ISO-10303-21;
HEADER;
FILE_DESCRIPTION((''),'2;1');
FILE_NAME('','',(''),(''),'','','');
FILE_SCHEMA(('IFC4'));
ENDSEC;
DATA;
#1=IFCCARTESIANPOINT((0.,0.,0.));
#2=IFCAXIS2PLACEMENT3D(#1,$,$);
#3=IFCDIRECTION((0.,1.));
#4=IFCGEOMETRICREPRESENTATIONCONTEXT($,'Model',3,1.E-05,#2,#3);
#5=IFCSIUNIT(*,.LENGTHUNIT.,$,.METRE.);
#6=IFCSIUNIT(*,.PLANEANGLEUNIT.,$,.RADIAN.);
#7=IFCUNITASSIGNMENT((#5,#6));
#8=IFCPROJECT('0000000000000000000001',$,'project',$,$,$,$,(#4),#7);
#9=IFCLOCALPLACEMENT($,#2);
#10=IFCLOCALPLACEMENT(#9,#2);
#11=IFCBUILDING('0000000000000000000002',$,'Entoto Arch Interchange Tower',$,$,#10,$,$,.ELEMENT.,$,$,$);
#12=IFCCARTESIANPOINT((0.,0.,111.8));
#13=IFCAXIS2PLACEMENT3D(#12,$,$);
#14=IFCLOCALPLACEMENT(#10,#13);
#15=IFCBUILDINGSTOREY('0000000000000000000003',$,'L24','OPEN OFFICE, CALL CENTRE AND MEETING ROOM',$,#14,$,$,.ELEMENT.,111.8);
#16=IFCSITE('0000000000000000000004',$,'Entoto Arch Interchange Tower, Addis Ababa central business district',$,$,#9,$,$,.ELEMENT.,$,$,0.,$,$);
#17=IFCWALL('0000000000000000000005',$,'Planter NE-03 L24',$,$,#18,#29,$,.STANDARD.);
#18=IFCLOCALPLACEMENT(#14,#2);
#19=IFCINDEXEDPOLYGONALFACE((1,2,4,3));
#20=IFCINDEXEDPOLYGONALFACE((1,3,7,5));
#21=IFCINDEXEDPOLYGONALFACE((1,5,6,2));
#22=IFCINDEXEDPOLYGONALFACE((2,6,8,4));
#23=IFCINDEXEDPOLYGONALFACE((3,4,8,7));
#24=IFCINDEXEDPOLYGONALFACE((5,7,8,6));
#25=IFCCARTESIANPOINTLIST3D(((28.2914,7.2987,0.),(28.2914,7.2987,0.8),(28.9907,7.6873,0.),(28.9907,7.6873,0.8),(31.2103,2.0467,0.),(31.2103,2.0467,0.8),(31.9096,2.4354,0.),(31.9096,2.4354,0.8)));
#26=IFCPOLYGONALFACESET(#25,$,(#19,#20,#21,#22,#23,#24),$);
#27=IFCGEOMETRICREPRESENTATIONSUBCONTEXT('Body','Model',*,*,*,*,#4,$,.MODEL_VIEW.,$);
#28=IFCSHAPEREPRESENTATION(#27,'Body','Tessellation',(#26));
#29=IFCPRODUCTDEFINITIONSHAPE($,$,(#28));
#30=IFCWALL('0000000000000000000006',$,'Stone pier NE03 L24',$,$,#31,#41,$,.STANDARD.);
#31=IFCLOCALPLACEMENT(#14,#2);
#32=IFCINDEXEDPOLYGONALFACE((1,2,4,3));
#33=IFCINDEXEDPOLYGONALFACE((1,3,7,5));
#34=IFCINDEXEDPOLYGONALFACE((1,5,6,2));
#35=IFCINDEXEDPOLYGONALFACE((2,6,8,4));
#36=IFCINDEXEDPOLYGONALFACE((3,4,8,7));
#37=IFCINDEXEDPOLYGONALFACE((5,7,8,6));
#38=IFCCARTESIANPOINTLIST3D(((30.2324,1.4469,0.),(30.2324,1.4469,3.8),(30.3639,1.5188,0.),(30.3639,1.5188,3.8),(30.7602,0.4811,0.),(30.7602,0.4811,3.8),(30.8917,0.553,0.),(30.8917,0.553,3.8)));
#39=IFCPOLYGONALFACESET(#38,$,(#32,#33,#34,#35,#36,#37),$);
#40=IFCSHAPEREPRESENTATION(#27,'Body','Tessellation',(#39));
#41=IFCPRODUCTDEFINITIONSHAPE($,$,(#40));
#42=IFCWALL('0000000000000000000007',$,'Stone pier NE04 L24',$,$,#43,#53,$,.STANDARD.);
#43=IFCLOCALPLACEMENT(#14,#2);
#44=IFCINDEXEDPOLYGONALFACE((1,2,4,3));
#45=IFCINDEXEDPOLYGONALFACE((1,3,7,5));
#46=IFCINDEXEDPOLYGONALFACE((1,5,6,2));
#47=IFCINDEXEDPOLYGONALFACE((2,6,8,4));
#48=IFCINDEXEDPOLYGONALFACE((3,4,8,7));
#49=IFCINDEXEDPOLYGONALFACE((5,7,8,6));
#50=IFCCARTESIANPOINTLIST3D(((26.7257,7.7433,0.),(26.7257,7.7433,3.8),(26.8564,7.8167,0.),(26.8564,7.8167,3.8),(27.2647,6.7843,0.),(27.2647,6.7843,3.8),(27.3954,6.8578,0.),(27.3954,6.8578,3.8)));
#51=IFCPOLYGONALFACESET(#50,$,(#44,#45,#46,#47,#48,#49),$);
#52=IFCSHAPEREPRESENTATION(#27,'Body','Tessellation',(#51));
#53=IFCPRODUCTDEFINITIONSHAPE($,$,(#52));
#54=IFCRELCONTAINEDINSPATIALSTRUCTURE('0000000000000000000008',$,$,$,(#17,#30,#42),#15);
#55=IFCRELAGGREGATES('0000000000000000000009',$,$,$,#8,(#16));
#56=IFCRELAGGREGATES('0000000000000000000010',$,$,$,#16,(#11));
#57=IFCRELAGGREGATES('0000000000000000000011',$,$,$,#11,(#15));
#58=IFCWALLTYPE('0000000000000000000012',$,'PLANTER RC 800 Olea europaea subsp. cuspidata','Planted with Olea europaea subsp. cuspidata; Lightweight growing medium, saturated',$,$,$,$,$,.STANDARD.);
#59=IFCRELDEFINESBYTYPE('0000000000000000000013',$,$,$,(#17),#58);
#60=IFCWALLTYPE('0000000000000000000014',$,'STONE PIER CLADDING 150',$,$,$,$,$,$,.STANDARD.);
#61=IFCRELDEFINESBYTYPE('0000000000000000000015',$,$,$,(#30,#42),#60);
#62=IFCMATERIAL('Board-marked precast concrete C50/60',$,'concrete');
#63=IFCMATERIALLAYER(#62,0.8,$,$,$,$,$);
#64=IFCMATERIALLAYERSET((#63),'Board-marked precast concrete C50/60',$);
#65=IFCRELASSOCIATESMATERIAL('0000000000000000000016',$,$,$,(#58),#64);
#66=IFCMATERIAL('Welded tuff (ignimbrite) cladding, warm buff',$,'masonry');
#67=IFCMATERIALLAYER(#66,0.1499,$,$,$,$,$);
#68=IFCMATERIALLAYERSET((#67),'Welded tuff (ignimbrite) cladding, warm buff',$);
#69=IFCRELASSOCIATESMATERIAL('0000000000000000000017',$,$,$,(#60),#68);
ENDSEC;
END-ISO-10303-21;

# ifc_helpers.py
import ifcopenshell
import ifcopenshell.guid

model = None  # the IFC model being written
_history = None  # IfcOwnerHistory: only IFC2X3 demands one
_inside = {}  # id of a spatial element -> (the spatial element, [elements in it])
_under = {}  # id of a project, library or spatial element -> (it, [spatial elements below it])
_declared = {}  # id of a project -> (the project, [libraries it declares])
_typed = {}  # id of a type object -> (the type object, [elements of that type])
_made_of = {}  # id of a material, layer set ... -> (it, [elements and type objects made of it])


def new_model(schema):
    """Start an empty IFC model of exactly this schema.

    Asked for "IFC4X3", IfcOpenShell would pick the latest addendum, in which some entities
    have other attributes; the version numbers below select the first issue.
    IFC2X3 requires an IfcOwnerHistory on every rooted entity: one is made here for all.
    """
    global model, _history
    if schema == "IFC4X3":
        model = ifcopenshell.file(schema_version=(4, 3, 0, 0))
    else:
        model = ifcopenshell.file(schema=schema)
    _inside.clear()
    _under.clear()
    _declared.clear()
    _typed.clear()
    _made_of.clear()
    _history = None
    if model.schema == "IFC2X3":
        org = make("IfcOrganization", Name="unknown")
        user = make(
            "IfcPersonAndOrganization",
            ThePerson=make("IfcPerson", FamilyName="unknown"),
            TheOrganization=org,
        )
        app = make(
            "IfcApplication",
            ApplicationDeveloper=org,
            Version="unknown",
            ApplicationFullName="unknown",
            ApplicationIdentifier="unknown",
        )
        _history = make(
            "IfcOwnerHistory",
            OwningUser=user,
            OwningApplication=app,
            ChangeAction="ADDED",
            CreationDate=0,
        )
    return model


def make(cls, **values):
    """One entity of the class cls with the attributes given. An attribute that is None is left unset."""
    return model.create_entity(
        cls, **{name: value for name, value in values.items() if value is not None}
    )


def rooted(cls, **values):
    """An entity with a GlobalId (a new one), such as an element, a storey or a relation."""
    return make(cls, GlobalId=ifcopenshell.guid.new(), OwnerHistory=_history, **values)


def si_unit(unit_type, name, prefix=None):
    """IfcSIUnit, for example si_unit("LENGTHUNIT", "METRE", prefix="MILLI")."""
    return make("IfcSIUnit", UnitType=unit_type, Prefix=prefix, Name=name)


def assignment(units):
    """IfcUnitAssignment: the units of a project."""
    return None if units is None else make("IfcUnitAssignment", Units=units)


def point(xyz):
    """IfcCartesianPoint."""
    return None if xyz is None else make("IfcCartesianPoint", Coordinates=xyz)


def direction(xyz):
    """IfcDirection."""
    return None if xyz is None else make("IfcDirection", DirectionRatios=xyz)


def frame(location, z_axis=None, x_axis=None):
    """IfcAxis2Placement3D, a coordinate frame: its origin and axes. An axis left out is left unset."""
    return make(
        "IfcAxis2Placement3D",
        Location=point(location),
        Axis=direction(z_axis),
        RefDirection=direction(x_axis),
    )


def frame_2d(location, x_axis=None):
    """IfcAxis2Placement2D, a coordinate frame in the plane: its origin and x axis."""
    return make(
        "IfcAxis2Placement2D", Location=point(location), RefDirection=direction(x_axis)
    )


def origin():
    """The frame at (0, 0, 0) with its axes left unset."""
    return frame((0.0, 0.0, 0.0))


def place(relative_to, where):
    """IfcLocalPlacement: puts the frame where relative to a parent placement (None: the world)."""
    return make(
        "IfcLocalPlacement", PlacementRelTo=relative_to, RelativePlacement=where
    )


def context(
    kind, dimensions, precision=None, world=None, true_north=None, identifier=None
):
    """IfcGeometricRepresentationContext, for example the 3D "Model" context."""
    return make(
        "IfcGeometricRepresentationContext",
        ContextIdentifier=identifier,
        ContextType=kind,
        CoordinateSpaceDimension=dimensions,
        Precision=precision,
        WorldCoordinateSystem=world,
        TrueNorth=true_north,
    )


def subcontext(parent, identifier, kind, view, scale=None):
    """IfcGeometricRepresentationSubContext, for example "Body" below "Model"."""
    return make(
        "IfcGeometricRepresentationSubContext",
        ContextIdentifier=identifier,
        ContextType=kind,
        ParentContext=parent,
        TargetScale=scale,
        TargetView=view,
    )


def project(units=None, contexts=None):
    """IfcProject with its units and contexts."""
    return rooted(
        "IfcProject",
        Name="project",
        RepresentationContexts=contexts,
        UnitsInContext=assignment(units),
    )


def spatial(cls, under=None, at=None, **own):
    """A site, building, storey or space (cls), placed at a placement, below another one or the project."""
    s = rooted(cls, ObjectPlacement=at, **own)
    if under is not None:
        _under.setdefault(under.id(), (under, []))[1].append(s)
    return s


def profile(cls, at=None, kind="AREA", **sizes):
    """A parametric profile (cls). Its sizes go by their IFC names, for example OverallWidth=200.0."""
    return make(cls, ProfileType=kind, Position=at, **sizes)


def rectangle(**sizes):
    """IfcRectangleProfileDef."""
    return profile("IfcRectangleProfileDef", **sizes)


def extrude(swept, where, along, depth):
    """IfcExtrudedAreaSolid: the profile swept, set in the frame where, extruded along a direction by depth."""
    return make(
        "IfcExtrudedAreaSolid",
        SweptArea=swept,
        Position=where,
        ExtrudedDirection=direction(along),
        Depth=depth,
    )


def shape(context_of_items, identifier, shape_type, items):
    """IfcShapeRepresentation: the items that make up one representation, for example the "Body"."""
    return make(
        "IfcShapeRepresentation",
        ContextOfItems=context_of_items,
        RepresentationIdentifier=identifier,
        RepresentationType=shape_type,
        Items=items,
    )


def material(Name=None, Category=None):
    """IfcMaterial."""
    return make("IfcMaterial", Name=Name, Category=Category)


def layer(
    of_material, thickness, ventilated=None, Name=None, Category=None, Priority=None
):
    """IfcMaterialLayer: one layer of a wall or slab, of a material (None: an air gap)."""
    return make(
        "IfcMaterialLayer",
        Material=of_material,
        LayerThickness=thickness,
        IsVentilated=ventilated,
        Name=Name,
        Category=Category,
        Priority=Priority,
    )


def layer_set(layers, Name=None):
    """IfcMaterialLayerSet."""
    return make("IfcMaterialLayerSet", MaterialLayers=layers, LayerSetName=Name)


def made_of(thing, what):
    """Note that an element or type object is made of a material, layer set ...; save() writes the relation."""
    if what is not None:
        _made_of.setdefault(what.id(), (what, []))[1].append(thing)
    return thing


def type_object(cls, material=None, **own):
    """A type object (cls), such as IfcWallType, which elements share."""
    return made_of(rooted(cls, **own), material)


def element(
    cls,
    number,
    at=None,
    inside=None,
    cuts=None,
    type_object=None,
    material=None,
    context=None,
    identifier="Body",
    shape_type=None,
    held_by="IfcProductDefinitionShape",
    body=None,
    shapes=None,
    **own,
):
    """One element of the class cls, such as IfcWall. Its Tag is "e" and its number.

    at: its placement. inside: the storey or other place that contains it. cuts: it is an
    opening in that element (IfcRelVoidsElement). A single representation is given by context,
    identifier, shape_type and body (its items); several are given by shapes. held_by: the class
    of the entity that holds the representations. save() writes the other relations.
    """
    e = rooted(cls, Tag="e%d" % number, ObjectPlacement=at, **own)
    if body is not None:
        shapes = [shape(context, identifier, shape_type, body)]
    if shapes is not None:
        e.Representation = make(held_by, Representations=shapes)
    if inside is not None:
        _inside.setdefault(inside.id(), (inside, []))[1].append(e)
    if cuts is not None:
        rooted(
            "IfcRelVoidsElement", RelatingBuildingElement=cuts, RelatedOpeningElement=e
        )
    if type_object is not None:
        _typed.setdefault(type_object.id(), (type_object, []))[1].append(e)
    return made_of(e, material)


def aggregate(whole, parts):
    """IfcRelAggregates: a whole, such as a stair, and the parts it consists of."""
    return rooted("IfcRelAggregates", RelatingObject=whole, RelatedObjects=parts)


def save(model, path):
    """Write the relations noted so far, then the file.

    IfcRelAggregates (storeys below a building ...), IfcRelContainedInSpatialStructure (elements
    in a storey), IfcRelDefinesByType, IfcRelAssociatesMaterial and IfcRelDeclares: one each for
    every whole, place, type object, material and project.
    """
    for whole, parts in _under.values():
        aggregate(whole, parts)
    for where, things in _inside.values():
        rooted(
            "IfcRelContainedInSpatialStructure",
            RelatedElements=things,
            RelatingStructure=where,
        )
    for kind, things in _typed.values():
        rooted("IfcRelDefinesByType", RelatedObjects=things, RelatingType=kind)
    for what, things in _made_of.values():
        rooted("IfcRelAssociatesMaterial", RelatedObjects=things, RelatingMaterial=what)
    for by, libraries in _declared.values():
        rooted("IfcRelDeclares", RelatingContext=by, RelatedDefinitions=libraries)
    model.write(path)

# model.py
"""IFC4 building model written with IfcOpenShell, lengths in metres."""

from ifc_helpers import new_model, si_unit, direction, frame, frame_2d, origin, place, context, subcontext, project, spatial, rectangle, extrude, material, layer, layer_set, type_object, element, save


model = new_model("IFC4")

# Units and contexts
model_context = context("Model", 3, precision=1e-05, world=origin(), true_north=direction((0.0, 1.0)))
body_context = subcontext(model_context, "Body", "Model", "MODEL_VIEW")
ifc_project = project(units=[si_unit("LENGTHUNIT", "METRE"), si_unit("PLANEANGLEUNIT", "RADIAN")], contexts=[model_context])

# Site, building, storey
site_placement = place(None, origin())
site = spatial("IfcSite", under=ifc_project, at=site_placement, Name="Entoto Arch Interchange Tower, Addis Ababa central business district", CompositionType="ELEMENT", RefElevation=0.0)
building_placement = place(site_placement, origin())
building = spatial("IfcBuilding", under=site, at=building_placement, Name="Entoto Arch Interchange Tower", CompositionType="ELEMENT")
storey_placement = place(building_placement, frame((0.0, 0.0, 111.8)))
storey = spatial("IfcBuildingStorey", under=building, at=storey_placement, Name="L24", Description="OPEN OFFICE, CALL CENTRE AND MEETING ROOM", CompositionType="ELEMENT", Elevation=111.8)

# Wall
ifc_material_1 = material(Name="Board-marked precast concrete C50/60", Category="concrete")
ifc_layer_1 = layer(ifc_material_1, 0.8)
ifc_layer_set_1 = layer_set([ifc_layer_1], Name="Board-marked precast concrete C50/60")
wall_type_1 = type_object("IfcWallType", Name="PLANTER RC 800 Olea europaea subsp. cuspidata", Description="Planted with Olea europaea subsp. cuspidata; Lightweight growing medium, saturated", PredefinedType="STANDARD", material=ifc_layer_set_1)
wall_1_placement = place(storey_placement, frame((31.5601, 2.241, 0.0), z_axis=(0.0, 0.0, 1.0), x_axis=(-0.485795, 0.874073, 0.0)))
element("IfcWall", 1, at=wall_1_placement, inside=storey, type_object=wall_type_1, Name="Planter NE-03 L24", PredefinedType="STANDARD", context=body_context, shape_type="SweptSolid", body=[
    extrude(rectangle(XDim=6.0085, YDim=0.8, at=frame_2d((3.0044, 0.0))), origin(), (0.0, 0.0, 1.0), 0.8),
])

# Shared definitions
ifc_material_2 = material(Name="Welded tuff (ignimbrite) cladding, warm buff", Category="masonry")

# Walls
ifc_layer_2 = layer(ifc_material_2, 0.1499)
ifc_layer_set_2 = layer_set([ifc_layer_2], Name="Welded tuff (ignimbrite) cladding, warm buff")
wall_type_2 = type_object("IfcWallType", Name="STONE PIER CLADDING 150", PredefinedType="STANDARD", material=ifc_layer_set_2)
wall_2_placement = place(storey_placement, frame((30.8259, 0.5171, 0.0), z_axis=(0.0, 0.0, 1.0), x_axis=(-0.479567, 0.877505, 0.0)))
element("IfcWall", 2, at=wall_2_placement, inside=storey, type_object=wall_type_2, Name="Stone pier NE03 L24", PredefinedType="STANDARD", context=body_context, shape_type="SweptSolid", body=[
    extrude(rectangle(XDim=1.1006, YDim=0.1499, at=frame_2d((0.5503, 0.0))), origin(), (0.0, 0.0, 1.0), 3.8),
])
wall_3_placement = place(storey_placement, frame((27.3301, 6.821, 0.0), z_axis=(0.0, 0.0, 1.0), x_axis=(-0.490008, 0.871718, 0.0)))
element("IfcWall", 3, at=wall_3_placement, inside=storey, type_object=wall_type_2, Name="Stone pier NE04 L24", PredefinedType="STANDARD", context=body_context, shape_type="SweptSolid", body=[
    extrude(rectangle(XDim=1.1001, YDim=0.1499, at=frame_2d((0.55, 0.0))), origin(), (0.0, 0.0, 1.0), 3.8),
])

save(model, "model.ifc")
